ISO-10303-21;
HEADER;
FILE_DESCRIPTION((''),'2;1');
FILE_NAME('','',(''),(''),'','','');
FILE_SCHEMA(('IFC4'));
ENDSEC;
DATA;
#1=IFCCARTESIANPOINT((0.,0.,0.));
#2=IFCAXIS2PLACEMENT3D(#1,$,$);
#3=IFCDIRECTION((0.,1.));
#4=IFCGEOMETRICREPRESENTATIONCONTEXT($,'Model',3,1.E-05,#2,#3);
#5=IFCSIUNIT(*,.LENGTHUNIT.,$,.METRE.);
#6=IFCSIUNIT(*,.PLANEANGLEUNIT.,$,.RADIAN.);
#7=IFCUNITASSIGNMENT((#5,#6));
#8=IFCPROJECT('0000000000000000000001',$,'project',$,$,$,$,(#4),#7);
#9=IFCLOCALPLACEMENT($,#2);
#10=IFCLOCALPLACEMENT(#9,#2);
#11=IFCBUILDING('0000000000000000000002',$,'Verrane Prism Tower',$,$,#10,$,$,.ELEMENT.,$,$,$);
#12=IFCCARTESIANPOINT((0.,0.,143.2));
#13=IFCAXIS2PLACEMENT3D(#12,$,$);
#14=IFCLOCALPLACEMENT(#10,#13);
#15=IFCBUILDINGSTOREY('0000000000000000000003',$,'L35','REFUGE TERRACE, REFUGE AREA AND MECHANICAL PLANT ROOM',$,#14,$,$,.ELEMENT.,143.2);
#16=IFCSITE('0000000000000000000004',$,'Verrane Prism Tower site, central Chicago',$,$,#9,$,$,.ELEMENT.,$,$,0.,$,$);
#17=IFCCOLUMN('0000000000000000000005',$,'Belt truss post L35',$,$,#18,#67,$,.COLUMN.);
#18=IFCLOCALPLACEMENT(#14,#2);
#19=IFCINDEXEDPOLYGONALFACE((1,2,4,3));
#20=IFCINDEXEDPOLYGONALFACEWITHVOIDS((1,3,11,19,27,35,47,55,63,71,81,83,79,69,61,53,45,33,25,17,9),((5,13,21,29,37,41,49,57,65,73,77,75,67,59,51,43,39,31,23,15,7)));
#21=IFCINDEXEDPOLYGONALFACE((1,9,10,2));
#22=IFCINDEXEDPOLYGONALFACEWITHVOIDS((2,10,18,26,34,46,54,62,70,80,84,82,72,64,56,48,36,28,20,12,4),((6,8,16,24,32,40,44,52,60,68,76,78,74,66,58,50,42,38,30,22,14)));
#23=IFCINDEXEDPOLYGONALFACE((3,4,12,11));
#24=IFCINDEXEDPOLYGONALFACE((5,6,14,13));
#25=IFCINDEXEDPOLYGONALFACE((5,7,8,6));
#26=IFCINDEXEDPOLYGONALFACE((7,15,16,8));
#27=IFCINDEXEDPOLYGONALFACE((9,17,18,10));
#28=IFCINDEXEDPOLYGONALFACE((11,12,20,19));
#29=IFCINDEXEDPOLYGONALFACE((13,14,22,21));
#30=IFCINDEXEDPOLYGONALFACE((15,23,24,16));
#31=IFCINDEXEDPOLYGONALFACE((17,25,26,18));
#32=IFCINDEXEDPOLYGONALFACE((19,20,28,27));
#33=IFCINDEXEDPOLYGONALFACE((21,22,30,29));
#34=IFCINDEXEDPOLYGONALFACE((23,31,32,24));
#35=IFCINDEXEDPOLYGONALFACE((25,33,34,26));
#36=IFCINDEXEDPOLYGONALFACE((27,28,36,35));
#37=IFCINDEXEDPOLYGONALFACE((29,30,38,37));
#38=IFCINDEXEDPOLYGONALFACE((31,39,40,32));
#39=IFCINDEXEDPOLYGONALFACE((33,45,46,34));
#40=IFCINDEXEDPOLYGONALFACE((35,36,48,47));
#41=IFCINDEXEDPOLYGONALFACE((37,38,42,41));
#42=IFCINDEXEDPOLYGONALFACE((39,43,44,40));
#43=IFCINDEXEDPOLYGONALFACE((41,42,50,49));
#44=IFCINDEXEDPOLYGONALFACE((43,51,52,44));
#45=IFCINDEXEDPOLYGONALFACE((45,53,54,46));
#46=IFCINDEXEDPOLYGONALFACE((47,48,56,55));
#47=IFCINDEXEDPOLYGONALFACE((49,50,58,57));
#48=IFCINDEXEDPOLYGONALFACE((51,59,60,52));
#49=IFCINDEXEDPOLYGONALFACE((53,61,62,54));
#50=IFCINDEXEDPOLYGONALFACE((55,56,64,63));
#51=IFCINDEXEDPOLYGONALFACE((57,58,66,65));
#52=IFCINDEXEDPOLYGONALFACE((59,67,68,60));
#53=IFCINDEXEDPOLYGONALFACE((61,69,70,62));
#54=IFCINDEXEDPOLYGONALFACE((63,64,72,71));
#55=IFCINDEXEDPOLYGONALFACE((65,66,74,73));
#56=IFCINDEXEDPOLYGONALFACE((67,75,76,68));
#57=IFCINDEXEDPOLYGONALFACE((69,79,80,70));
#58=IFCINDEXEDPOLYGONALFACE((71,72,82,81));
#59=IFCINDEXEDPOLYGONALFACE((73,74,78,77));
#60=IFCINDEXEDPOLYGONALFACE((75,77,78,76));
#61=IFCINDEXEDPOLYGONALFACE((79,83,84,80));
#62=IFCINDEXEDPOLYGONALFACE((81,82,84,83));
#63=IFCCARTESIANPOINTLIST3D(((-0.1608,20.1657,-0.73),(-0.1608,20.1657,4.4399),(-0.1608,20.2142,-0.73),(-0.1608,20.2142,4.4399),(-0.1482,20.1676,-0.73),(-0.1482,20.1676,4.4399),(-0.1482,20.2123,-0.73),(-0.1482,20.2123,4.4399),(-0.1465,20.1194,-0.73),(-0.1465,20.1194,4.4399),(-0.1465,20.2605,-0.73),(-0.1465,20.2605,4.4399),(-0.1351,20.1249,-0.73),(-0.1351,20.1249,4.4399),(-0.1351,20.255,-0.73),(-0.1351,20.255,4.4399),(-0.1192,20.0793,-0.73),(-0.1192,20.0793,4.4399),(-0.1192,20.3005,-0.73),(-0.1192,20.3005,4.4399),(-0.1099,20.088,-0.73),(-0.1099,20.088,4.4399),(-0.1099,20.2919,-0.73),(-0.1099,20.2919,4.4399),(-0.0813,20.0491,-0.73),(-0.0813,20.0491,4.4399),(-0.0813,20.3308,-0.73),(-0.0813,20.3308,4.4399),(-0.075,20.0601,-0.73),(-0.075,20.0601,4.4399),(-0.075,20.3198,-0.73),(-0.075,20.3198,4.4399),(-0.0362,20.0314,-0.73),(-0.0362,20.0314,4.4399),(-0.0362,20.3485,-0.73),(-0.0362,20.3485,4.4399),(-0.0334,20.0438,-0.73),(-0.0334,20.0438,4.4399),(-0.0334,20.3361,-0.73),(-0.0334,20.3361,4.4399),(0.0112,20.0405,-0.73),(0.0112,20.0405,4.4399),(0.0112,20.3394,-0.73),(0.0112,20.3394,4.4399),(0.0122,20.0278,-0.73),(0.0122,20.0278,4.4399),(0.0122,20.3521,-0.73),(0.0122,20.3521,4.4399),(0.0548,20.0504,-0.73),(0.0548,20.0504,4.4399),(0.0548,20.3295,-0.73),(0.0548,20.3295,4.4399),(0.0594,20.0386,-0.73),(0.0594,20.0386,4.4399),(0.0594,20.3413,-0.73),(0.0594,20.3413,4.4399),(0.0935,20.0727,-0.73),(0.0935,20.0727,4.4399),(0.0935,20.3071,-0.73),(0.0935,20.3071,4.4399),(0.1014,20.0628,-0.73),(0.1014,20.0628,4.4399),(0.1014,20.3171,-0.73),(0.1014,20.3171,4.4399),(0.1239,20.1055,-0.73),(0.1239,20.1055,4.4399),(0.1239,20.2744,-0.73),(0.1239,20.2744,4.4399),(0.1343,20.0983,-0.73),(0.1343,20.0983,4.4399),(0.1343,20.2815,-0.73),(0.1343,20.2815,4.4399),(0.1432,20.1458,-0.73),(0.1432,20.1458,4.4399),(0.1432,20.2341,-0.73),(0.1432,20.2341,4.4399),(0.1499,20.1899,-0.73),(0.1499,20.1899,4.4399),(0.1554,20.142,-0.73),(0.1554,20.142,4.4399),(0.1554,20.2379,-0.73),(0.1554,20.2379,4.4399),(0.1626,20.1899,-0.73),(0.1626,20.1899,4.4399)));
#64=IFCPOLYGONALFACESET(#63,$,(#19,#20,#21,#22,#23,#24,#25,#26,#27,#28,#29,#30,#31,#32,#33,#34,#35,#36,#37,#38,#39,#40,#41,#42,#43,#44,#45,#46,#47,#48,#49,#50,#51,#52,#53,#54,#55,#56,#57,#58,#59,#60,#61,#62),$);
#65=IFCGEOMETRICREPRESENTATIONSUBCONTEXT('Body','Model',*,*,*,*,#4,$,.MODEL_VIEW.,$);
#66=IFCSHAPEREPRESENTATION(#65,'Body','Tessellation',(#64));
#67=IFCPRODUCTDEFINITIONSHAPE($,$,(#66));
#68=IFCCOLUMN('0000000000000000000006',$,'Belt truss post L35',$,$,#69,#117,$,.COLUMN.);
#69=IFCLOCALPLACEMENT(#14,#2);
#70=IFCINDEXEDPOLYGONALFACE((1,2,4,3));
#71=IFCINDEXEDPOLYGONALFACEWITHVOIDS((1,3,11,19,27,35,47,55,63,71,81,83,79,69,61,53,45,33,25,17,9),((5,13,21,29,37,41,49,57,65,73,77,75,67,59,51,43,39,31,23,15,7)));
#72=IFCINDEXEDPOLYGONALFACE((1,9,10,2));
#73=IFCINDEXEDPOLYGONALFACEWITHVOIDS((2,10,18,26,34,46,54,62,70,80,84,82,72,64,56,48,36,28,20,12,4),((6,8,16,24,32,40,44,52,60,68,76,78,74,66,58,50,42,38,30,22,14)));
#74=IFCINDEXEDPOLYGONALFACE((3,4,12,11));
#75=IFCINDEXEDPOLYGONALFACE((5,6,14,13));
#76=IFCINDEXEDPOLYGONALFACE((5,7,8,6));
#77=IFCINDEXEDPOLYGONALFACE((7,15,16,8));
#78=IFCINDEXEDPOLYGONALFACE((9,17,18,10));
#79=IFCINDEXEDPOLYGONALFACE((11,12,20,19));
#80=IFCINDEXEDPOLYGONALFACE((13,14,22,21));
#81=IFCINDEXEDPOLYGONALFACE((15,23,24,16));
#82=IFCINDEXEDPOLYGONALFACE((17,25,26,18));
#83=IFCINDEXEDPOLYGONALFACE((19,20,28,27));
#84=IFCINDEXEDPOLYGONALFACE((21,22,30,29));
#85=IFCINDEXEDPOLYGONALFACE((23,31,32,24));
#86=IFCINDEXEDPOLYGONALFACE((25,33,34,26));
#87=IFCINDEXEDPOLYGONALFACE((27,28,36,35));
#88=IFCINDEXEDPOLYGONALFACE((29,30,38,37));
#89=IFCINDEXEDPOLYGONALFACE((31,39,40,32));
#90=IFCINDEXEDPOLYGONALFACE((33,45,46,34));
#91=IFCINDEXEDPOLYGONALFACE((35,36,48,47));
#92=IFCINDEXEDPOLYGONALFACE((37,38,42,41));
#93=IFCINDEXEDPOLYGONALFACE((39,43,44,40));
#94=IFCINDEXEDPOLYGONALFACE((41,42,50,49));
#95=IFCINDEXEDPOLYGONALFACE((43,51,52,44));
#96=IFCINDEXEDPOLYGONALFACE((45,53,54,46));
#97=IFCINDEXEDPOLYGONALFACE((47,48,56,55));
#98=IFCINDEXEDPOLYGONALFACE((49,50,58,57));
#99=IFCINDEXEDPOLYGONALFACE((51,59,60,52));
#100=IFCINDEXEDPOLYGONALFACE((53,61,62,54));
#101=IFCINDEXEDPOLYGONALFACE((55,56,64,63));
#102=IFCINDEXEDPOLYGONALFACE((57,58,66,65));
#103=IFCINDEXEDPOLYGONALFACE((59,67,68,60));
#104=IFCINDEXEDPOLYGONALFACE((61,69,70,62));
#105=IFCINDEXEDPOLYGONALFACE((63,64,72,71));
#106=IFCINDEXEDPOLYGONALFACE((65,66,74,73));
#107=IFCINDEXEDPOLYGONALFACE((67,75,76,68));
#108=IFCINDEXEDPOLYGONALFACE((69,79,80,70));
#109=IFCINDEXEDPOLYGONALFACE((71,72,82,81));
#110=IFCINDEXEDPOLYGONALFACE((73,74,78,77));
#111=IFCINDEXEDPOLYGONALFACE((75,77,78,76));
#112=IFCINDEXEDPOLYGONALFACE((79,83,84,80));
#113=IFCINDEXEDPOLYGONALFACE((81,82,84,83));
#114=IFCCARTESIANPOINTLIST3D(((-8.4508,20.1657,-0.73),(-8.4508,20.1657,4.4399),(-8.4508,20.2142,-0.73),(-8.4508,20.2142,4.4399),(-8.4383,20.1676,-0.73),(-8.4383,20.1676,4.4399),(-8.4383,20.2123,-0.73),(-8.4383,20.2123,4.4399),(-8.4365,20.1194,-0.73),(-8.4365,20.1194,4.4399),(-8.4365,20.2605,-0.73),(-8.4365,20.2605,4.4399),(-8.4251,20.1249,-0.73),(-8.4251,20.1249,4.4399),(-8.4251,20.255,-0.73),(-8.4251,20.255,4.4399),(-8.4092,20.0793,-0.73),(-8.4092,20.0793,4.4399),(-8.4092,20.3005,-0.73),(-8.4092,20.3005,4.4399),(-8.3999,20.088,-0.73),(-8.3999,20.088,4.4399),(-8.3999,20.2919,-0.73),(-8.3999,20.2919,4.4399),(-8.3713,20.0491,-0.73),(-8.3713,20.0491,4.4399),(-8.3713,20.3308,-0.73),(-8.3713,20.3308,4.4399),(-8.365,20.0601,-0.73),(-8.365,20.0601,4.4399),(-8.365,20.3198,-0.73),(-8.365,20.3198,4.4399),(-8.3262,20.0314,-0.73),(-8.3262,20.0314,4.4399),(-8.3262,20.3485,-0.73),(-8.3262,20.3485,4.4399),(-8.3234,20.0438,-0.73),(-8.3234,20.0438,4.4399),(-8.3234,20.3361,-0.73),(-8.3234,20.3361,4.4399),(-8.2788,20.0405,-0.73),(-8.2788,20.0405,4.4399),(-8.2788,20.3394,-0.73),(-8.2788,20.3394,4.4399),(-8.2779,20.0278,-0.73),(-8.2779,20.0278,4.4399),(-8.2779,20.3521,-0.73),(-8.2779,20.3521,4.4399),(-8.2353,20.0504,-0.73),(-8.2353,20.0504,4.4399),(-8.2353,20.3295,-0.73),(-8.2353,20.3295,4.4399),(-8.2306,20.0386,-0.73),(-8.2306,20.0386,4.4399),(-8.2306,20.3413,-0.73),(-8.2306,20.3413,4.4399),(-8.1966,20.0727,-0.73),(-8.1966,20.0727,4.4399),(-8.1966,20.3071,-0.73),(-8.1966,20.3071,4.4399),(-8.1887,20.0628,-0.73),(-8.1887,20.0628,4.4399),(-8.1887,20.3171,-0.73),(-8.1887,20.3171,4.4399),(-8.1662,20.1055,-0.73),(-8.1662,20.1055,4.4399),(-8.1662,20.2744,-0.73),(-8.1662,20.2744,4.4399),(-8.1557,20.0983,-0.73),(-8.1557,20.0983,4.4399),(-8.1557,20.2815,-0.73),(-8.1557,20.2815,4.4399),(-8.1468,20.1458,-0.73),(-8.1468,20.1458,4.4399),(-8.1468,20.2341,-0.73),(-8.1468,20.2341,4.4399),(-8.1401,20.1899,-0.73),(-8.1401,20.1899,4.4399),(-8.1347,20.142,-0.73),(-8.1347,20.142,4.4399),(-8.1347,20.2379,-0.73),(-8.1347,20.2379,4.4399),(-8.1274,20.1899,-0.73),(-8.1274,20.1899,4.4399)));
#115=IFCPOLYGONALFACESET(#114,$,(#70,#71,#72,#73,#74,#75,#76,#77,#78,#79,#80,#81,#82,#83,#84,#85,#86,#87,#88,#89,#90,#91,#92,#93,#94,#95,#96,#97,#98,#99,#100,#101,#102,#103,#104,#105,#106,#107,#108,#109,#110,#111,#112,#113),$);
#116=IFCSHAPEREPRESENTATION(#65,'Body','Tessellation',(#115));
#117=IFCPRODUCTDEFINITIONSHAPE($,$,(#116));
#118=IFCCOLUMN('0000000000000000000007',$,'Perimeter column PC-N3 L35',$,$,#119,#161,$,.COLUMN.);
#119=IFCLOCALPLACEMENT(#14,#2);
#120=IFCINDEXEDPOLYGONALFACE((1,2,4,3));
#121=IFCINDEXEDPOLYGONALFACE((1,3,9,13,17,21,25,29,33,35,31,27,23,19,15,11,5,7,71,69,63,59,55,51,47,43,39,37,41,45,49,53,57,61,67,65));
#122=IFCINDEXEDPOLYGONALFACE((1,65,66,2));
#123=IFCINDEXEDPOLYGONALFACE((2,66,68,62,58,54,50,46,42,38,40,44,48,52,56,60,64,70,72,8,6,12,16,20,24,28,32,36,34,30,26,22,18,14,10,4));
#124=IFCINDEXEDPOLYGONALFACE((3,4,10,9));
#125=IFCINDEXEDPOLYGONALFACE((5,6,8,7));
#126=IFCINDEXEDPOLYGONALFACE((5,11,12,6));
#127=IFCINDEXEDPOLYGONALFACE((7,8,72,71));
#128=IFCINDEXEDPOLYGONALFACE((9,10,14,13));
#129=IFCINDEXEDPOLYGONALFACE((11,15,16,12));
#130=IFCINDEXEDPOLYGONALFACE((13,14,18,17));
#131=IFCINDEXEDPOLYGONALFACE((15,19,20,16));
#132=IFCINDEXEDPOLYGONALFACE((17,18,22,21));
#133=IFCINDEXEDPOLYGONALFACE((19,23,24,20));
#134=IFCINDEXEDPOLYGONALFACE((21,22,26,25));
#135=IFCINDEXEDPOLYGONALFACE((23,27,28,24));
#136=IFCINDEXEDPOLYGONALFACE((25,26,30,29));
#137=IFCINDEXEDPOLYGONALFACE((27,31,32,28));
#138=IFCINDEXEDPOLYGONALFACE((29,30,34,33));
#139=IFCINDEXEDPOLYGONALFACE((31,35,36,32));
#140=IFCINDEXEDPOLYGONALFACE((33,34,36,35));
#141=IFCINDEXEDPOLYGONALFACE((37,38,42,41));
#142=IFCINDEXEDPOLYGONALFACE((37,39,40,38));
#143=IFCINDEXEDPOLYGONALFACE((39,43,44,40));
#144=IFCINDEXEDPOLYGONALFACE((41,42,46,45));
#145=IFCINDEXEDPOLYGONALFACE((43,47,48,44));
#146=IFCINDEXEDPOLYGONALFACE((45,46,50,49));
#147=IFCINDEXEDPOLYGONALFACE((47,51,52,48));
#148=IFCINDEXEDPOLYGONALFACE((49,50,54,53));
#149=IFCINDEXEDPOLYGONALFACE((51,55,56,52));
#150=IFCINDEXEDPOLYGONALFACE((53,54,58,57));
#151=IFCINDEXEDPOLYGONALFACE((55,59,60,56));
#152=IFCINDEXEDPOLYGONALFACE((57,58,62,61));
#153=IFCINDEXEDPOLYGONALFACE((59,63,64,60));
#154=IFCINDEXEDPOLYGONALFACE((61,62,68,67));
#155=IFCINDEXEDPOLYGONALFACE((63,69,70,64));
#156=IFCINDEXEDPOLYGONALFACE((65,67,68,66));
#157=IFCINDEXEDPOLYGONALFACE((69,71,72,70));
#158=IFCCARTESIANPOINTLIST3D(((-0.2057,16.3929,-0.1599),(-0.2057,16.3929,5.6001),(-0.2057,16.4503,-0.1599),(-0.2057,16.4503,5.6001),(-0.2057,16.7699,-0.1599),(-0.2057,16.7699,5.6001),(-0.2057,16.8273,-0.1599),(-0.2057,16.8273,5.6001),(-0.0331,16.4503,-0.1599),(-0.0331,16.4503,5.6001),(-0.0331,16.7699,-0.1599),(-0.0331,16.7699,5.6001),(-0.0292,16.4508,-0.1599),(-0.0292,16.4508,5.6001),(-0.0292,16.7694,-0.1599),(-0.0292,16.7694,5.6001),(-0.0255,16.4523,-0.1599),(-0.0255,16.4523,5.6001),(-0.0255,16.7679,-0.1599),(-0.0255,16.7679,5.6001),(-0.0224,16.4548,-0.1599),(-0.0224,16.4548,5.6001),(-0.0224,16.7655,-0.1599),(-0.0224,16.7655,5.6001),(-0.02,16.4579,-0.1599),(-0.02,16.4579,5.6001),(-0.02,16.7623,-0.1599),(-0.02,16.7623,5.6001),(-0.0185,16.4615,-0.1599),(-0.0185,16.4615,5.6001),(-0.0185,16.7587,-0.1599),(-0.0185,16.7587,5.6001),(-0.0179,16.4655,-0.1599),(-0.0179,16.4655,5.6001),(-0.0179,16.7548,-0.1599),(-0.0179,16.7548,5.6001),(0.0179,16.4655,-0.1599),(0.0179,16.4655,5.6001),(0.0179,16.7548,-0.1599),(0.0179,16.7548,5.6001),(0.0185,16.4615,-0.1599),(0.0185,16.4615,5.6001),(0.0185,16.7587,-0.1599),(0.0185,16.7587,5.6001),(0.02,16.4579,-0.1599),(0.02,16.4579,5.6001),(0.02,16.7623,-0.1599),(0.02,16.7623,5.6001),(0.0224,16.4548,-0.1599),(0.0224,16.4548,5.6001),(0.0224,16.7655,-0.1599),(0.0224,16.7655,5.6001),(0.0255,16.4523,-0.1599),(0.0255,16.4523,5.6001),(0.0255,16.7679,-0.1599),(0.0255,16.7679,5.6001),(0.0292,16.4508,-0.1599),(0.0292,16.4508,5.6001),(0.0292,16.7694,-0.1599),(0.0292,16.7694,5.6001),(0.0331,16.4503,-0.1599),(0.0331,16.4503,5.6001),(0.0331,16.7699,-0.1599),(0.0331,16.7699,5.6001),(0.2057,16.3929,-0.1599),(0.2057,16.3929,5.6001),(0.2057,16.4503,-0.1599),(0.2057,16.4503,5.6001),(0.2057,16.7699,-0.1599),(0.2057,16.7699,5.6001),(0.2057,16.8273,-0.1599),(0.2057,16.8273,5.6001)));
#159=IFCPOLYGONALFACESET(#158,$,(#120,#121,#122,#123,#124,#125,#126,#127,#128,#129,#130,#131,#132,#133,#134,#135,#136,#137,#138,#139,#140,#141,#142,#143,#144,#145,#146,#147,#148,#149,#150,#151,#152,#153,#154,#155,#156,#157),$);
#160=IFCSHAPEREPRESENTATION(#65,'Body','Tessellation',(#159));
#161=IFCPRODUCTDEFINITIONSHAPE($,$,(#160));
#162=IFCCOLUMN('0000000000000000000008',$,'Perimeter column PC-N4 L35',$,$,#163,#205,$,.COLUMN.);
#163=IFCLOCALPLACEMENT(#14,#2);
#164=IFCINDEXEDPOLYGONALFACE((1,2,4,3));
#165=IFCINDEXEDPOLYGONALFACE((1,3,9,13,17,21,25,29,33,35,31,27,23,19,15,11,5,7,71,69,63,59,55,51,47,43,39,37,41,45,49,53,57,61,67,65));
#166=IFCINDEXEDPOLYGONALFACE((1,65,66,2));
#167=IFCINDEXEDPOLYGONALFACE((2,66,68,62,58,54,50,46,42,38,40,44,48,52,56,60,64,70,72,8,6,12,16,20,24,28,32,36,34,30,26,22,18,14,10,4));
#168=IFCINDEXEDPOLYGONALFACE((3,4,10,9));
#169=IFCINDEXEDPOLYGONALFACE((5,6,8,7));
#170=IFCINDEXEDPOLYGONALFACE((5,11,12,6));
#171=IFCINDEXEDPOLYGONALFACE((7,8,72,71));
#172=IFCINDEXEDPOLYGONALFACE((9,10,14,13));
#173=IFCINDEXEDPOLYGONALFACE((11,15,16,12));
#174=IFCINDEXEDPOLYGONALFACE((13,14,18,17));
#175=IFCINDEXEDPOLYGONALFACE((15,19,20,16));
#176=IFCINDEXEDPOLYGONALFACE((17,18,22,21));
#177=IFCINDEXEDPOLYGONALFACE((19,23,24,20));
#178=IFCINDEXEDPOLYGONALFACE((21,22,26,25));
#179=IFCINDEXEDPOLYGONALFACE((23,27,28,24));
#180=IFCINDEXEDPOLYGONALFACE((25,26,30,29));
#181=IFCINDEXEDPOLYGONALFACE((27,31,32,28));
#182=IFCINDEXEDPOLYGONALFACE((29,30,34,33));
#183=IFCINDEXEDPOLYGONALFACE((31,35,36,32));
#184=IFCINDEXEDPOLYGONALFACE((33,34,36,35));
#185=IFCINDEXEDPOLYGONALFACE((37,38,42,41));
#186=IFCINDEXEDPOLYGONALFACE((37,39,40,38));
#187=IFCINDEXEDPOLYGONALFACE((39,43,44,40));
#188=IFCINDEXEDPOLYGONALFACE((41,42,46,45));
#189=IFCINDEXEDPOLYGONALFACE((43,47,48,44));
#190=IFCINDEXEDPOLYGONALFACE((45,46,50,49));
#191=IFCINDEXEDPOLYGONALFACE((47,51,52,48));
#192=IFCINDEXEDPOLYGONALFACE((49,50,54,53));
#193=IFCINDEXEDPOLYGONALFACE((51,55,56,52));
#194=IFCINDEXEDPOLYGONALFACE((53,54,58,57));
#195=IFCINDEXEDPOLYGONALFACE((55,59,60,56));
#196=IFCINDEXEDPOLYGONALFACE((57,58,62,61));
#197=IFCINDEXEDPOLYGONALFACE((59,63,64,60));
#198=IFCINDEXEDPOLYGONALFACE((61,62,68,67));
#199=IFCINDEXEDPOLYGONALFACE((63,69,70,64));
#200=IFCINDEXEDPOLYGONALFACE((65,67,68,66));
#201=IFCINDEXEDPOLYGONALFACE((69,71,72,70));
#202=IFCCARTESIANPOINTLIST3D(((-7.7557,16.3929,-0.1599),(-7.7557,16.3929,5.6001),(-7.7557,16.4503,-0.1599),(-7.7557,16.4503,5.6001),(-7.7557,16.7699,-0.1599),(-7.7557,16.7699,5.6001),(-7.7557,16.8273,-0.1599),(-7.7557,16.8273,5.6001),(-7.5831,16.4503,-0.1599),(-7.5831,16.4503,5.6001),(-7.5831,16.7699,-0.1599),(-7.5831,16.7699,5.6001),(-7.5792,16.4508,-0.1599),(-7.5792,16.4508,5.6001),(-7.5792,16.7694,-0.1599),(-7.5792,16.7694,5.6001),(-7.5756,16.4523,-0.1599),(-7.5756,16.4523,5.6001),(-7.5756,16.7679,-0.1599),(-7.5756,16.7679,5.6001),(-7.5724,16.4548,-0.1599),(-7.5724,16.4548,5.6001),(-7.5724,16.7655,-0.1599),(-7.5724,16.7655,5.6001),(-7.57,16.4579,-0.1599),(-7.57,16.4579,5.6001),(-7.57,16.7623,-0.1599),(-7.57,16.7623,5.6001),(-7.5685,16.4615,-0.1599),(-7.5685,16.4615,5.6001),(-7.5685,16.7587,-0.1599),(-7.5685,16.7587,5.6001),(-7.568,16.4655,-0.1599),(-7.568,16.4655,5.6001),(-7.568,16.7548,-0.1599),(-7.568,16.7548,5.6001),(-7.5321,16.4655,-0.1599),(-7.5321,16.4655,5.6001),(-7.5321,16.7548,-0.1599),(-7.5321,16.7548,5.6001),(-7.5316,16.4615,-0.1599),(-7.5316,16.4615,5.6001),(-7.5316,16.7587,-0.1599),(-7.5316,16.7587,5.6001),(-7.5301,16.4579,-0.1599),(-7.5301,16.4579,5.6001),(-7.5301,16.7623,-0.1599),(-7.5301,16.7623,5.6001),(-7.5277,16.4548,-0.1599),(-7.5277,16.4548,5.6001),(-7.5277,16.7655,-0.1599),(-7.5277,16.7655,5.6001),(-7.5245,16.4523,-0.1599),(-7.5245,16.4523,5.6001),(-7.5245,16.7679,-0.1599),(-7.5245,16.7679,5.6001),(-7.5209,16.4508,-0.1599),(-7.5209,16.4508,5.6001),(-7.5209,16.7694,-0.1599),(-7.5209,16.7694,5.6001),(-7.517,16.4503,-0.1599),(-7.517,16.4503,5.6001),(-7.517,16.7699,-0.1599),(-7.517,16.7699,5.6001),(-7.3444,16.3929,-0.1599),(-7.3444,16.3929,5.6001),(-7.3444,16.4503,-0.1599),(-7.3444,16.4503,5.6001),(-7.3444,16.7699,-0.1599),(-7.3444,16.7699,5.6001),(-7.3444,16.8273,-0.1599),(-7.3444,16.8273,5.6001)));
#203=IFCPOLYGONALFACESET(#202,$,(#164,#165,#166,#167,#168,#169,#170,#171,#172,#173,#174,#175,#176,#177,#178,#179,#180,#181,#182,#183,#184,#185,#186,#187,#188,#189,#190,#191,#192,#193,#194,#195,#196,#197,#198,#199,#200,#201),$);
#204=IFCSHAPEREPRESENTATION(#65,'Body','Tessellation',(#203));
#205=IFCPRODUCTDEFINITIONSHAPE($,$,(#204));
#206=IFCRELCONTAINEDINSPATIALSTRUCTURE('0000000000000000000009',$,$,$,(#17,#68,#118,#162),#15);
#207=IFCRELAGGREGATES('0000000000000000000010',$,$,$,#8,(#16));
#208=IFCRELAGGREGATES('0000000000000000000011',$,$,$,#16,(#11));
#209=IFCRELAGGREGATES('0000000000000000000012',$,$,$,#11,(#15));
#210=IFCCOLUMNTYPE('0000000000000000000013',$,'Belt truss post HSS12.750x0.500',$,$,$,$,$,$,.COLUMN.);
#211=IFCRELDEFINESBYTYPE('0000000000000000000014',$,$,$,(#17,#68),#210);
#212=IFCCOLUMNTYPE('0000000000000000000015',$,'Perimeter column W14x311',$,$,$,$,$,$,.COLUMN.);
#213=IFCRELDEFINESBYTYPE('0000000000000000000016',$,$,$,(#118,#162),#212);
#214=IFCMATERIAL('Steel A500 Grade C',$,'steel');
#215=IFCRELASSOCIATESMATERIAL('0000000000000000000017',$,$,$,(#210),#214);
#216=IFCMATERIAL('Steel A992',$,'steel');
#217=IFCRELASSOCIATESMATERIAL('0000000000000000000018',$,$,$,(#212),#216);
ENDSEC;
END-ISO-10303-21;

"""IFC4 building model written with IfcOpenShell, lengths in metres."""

from ifc_helpers import new_model, si_unit, direction, frame, origin, origin_2d, place, context, subcontext, project, spatial, hollow_circle, i_section, extrude, material, material_profile, profile_set, type_object, element, save


model = new_model("IFC4")

# Units and contexts
model_context = context("Model", 3, precision=1e-05, world=origin(), true_north=direction((0.0, 1.0)))
body_context = subcontext(model_context, "Body", "Model", "MODEL_VIEW")
ifc_project = project(units=[si_unit("LENGTHUNIT", "METRE"), si_unit("PLANEANGLEUNIT", "RADIAN")], contexts=[model_context])

# Site, building, storey
site_placement = place(None, origin())
site = spatial("IfcSite", under=ifc_project, at=site_placement, Name="Verrane Prism Tower site, central Chicago", CompositionType="ELEMENT", RefElevation=0.0)
building_placement = place(site_placement, origin())
building = spatial("IfcBuilding", under=site, at=building_placement, Name="Verrane Prism Tower", CompositionType="ELEMENT")
storey_placement = place(building_placement, frame((0.0, 0.0, 143.2)))
storey = spatial("IfcBuildingStorey", under=building, at=storey_placement, Name="L35", Description="REFUGE TERRACE, REFUGE AREA AND MECHANICAL PLANT ROOM", CompositionType="ELEMENT", Elevation=143.2)

# Columns
ifc_material_1 = material(Name="Steel A500 Grade C", Category="steel")
ifc_material_profile_1 = material_profile(ifc_material_1, hollow_circle(Radius=0.1626, WallThickness=0.0127, at=origin_2d()), Name="HSS12.750x0.500")
ifc_profile_set_1 = profile_set([ifc_material_profile_1], Name="Steel A500 Grade C")
column_type_1 = type_object("IfcColumnType", Name="Belt truss post HSS12.750x0.500", PredefinedType="COLUMN", material=ifc_profile_set_1)
for number, where, z_axis, x_axis, name in (
    (1, (0.0, 20.1899, -0.73), (0.0, 0.0, 1.0), (1.0, 0.0, 0.0), "Belt truss post L35"),
    (2, (-8.29, 20.1899, -0.73), (0.0, 0.0, 1.0), (1.0, 0.0, 0.0), "Belt truss post L35"),
):
    element("IfcColumn", number, at=place(storey_placement, frame(where, z_axis=z_axis, x_axis=x_axis)), inside=storey, type_object=column_type_1, Name=name, PredefinedType="COLUMN", context=body_context, shape_type="SweptSolid", body=[
        extrude(hollow_circle(Radius=0.1626, WallThickness=0.0127, at=origin_2d()), origin(), (0.0, 0.0, 1.0), 5.1699),
    ])
ifc_material_2 = material(Name="Steel A992", Category="steel")
ifc_material_profile_2 = material_profile(ifc_material_2, i_section(OverallWidth=0.4114, OverallDepth=0.4343, WebThickness=0.0359, FlangeThickness=0.0574, FilletRadius=0.0151, at=origin_2d()), Name="W14x311")
ifc_profile_set_2 = profile_set([ifc_material_profile_2], Name="Steel A992")
column_type_2 = type_object("IfcColumnType", Name="Perimeter column W14x311", PredefinedType="COLUMN", material=ifc_profile_set_2)
for number, where, z_axis, x_axis, name in (
    (3, (0.0, 16.6101, -0.1599), (0.0, 0.0, 1.0), (1.0, 0.0, 0.0), "Perimeter column PC-N3 L35"),
    (4, (-7.55, 16.6101, -0.1599), (0.0, 0.0, 1.0), (1.0, 0.0, 0.0), "Perimeter column PC-N4 L35"),
):
    element("IfcColumn", number, at=place(storey_placement, frame(where, z_axis=z_axis, x_axis=x_axis)), inside=storey, type_object=column_type_2, Name=name, PredefinedType="COLUMN", context=body_context, shape_type="SweptSolid", body=[
        extrude(i_section(OverallWidth=0.4114, OverallDepth=0.4343, WebThickness=0.0359, FlangeThickness=0.0574, FilletRadius=0.0151, at=origin_2d()), origin(), (0.0, 0.0, 1.0), 5.76),
    ])

save(model, "model.ifc")
